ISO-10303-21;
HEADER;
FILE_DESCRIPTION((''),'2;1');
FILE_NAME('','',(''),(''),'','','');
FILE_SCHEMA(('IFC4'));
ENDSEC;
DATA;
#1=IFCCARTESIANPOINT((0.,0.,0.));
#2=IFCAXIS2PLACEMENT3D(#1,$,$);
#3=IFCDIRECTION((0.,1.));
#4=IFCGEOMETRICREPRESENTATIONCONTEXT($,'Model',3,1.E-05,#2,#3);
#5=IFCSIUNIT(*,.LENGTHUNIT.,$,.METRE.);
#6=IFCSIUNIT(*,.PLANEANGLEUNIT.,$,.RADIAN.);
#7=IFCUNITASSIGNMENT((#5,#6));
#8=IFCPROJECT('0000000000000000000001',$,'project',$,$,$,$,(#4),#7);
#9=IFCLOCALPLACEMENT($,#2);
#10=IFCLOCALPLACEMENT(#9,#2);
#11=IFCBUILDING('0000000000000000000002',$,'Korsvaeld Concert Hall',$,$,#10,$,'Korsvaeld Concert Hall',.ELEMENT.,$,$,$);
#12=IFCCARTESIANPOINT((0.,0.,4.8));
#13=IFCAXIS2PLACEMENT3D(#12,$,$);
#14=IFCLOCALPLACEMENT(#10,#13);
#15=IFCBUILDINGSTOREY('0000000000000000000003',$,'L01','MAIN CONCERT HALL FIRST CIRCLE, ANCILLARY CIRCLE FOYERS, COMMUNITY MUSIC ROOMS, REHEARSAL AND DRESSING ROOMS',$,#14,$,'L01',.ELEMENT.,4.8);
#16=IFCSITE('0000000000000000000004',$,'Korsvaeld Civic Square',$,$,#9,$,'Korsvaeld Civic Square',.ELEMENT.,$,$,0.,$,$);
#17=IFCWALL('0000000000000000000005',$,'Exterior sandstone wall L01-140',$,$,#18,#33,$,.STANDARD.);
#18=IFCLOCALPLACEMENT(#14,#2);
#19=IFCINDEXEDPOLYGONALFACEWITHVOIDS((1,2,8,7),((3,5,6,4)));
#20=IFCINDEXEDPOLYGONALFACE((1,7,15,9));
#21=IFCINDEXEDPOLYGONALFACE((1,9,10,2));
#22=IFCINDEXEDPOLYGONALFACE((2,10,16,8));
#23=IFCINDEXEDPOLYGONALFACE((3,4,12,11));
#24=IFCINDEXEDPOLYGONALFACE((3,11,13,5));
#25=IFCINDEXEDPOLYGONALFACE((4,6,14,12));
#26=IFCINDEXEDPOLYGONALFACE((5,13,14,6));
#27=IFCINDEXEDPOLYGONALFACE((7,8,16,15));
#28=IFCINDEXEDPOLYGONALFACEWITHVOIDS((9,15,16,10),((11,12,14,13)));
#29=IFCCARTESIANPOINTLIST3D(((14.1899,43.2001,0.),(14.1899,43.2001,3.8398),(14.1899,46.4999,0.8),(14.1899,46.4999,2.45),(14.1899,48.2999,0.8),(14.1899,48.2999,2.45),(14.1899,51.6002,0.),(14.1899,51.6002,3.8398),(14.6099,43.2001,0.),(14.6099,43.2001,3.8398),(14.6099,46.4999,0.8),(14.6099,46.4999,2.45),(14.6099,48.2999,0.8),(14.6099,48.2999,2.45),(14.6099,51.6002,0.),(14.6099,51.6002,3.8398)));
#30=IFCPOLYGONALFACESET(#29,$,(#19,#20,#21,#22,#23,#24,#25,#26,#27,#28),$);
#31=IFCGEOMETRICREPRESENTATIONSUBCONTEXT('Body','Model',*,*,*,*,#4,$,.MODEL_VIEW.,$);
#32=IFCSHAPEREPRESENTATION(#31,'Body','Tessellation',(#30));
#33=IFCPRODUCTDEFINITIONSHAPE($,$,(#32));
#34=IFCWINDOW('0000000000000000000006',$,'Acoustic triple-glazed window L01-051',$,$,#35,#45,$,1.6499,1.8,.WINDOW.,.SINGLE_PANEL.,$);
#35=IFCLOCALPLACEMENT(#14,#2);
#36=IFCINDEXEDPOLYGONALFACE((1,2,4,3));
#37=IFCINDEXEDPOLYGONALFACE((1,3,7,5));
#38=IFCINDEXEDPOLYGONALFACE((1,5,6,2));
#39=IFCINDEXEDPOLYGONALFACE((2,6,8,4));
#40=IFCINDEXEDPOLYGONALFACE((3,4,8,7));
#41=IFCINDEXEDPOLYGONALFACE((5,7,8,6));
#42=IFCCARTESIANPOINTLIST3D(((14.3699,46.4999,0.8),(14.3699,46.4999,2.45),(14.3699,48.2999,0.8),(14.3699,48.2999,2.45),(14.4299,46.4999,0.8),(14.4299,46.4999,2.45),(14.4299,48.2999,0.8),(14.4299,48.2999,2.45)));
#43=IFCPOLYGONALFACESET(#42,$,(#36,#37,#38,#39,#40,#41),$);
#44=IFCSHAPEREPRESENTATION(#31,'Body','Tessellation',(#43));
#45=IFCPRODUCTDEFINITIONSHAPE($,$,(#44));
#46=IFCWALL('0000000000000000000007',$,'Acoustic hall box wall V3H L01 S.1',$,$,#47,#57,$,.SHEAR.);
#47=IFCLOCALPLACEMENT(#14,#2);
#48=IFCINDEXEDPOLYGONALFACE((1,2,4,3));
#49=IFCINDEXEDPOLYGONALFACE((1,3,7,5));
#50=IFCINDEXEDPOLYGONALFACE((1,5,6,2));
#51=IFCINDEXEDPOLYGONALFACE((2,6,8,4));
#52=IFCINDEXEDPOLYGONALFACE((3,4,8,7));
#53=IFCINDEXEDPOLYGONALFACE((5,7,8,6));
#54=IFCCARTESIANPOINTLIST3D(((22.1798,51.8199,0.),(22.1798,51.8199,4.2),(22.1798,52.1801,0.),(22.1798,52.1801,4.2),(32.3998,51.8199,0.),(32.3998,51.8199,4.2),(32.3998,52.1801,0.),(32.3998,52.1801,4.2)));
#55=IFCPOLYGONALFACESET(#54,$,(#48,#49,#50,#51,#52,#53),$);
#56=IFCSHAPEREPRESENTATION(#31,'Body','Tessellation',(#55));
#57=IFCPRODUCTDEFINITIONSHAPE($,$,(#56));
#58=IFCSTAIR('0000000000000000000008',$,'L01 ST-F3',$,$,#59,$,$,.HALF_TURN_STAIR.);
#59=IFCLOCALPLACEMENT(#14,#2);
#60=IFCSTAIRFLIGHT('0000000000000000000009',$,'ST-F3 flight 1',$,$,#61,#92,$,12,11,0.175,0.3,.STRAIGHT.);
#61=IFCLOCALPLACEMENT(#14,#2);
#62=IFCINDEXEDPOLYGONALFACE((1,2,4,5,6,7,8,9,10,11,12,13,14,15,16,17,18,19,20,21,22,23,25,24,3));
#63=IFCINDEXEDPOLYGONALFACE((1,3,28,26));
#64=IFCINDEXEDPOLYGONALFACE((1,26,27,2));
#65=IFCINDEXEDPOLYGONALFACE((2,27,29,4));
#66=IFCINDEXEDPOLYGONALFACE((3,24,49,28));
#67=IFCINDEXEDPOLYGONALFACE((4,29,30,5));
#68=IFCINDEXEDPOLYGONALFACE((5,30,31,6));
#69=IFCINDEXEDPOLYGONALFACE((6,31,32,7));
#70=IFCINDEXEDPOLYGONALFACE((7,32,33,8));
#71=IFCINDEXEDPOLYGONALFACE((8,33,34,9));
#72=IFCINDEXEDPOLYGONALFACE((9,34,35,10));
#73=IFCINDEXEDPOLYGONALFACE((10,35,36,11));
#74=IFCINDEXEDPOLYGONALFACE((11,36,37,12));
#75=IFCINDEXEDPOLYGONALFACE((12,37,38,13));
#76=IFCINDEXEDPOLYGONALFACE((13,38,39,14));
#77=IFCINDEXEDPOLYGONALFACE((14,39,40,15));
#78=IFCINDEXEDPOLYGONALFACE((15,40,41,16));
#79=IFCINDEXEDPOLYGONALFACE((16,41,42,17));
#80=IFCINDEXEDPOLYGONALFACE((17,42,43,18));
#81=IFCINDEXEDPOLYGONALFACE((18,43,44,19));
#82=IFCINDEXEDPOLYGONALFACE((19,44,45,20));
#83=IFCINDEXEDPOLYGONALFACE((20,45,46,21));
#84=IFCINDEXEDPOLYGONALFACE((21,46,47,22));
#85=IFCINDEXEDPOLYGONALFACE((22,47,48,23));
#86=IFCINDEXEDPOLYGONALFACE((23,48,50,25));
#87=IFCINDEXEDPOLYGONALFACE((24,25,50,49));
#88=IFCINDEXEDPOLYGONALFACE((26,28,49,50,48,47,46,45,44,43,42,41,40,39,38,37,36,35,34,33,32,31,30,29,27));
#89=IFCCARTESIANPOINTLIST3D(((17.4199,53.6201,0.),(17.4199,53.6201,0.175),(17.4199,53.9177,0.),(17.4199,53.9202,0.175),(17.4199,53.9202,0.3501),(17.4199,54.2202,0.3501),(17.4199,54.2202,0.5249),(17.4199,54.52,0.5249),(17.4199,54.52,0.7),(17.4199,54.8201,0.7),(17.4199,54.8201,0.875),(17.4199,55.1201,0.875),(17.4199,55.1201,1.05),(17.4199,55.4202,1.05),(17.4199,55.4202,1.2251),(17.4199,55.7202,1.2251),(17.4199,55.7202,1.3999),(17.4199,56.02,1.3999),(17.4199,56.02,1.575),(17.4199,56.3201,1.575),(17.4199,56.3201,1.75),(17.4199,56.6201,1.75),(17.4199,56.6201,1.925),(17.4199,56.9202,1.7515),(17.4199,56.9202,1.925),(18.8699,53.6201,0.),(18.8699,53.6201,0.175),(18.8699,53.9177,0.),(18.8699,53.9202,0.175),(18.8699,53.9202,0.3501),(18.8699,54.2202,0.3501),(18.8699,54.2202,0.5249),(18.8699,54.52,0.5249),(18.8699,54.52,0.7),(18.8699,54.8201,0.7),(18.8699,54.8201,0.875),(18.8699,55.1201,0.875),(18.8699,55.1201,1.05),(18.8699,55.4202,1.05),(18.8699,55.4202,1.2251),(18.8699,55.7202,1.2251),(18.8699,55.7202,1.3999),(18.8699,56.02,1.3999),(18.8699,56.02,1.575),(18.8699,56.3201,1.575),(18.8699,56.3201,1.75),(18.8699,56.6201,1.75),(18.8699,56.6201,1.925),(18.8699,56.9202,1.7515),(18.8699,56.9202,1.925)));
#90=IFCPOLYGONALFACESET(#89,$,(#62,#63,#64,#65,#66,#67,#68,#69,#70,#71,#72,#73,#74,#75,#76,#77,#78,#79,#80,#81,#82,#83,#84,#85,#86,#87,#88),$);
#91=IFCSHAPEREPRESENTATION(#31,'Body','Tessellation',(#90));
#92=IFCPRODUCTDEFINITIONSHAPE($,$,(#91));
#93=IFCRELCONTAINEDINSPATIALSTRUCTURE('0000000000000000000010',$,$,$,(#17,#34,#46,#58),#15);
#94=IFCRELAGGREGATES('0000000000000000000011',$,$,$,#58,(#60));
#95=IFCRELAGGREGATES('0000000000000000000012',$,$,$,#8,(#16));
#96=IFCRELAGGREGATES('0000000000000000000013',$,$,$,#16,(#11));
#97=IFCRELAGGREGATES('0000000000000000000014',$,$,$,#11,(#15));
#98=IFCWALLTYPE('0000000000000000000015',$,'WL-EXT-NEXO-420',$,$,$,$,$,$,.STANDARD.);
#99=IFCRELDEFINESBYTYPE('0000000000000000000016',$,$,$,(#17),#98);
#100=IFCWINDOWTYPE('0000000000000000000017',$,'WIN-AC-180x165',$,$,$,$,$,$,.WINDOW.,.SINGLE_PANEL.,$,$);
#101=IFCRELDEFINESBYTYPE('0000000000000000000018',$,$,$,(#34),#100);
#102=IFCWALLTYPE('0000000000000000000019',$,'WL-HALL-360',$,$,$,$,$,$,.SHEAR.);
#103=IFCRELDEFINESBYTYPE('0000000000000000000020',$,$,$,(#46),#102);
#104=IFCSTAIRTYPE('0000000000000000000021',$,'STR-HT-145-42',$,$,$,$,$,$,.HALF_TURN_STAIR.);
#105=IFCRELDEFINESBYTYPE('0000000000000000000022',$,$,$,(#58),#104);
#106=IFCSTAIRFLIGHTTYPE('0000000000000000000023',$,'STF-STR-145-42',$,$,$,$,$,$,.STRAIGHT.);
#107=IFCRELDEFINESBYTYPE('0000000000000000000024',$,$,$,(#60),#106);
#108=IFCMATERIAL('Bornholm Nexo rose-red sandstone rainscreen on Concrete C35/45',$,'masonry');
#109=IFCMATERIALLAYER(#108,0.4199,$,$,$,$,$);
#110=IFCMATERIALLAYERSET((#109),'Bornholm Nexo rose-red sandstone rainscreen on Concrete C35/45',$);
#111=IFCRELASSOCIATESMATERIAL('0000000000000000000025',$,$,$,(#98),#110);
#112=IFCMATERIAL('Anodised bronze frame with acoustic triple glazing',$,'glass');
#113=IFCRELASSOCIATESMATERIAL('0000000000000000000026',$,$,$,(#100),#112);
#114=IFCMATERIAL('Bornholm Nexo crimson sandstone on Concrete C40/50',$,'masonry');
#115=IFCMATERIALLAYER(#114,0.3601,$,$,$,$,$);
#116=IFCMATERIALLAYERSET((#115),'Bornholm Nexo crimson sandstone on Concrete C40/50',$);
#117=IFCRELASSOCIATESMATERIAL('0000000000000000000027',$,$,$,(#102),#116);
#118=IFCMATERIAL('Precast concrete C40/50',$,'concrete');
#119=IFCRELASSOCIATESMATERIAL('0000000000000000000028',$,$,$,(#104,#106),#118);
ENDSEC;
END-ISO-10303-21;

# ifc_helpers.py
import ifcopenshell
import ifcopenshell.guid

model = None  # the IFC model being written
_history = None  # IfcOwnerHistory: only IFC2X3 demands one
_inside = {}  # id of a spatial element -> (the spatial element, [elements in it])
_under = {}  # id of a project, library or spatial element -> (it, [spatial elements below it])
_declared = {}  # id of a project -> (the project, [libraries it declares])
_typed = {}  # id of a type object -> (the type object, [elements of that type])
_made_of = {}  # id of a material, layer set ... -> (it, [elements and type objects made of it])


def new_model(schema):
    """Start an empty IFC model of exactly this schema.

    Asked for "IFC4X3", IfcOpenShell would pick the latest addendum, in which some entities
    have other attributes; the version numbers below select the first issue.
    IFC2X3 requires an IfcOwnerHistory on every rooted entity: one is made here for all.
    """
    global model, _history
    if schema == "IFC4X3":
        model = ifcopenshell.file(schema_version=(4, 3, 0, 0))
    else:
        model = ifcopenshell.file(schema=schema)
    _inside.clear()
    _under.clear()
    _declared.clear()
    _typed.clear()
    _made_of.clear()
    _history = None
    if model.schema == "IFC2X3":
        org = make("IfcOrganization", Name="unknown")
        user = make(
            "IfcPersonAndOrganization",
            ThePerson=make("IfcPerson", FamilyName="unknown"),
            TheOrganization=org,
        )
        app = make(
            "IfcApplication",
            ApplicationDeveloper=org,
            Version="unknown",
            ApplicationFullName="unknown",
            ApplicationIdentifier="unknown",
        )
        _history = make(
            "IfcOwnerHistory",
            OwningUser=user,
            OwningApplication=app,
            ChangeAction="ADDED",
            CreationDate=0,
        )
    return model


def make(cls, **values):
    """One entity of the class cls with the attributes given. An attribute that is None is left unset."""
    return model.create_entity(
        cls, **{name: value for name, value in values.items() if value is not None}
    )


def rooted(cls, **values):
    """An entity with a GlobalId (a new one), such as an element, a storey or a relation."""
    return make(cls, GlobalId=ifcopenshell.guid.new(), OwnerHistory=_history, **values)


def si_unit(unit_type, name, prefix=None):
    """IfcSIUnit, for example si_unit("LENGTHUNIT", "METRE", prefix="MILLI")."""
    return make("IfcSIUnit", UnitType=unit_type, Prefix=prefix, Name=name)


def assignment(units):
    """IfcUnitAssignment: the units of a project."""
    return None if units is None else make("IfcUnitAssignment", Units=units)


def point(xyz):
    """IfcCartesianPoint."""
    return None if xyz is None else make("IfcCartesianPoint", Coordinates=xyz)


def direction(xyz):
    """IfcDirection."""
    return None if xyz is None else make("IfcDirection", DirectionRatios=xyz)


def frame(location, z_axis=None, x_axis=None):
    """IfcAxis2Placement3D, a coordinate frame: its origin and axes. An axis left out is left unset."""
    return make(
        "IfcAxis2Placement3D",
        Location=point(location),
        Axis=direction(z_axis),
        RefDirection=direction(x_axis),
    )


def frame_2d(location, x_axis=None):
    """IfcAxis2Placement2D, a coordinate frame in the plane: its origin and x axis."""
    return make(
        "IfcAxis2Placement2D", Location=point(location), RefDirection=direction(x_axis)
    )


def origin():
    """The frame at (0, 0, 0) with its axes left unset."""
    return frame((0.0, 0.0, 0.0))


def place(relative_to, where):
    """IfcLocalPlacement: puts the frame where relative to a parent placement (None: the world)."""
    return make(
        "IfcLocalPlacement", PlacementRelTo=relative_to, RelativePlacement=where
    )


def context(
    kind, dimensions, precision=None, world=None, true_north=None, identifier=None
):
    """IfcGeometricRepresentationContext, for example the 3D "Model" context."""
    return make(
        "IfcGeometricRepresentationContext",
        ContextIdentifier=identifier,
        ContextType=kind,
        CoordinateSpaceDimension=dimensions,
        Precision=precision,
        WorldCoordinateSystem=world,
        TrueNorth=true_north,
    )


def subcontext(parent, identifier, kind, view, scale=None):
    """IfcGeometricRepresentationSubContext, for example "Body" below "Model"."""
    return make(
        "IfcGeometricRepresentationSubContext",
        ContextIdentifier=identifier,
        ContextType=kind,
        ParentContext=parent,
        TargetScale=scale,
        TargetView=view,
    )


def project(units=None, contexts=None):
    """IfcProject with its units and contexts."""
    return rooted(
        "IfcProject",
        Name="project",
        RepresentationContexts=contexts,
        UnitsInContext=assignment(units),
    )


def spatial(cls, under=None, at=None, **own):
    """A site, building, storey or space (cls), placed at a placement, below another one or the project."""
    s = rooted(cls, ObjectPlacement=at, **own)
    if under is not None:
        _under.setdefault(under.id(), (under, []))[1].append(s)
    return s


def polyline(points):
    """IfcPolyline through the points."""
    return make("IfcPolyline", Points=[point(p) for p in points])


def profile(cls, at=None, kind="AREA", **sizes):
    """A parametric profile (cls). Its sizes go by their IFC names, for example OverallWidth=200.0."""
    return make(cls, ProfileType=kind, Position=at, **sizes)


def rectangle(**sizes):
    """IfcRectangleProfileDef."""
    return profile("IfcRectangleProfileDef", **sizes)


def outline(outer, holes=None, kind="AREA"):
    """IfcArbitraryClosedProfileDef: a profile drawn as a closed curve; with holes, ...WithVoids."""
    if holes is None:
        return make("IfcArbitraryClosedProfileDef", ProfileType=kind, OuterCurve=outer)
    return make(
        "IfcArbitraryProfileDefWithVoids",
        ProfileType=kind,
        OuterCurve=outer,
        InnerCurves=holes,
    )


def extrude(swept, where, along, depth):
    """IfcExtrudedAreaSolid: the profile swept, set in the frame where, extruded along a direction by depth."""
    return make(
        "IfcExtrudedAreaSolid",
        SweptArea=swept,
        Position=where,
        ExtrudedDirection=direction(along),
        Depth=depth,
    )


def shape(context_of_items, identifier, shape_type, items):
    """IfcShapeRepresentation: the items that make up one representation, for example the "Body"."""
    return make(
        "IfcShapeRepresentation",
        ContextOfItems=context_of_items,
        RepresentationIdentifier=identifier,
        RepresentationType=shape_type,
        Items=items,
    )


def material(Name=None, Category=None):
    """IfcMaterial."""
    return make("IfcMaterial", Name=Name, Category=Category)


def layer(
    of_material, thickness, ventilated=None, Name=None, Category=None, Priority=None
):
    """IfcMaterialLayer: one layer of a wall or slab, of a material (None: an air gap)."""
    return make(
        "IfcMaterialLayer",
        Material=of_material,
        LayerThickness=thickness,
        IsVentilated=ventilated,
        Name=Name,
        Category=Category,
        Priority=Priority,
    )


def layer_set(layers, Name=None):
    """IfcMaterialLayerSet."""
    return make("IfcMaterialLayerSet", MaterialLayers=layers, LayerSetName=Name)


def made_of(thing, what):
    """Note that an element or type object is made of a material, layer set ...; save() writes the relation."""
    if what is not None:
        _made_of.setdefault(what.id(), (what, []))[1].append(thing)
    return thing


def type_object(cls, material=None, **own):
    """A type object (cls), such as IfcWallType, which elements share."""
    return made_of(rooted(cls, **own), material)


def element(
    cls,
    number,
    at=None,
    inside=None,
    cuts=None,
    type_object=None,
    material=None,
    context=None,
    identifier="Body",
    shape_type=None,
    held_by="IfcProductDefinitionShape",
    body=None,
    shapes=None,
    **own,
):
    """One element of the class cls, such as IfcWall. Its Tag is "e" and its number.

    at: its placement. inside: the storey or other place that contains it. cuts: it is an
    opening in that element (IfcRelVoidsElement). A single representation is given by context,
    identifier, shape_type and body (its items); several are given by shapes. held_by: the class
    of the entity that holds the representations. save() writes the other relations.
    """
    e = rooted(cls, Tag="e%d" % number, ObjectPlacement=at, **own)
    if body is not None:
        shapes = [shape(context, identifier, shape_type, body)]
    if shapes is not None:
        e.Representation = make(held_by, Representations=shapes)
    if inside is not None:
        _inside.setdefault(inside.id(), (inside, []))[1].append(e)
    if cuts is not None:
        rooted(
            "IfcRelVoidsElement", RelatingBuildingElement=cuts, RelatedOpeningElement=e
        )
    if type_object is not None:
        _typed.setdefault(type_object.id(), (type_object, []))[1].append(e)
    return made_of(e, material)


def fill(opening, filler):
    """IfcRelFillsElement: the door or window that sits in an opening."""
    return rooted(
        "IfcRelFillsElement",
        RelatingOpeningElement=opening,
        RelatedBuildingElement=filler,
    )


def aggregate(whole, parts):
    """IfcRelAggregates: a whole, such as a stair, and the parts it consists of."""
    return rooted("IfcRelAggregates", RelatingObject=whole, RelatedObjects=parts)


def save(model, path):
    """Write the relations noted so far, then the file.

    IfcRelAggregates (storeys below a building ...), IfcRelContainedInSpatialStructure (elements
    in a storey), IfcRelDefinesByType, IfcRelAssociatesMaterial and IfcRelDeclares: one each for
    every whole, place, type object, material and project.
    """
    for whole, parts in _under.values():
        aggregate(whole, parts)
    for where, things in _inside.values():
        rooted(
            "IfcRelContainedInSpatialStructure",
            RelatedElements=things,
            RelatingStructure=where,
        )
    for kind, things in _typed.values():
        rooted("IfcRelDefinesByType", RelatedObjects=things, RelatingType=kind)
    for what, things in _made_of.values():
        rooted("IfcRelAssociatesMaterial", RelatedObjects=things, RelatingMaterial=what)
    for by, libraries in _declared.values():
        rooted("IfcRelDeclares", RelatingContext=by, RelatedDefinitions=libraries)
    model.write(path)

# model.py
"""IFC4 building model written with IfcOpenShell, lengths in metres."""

from ifc_helpers import new_model, si_unit, direction, frame, frame_2d, origin, place, context, subcontext, project, spatial, polyline, rectangle, outline, extrude, material, layer, layer_set, type_object, element, fill, aggregate, save


model = new_model("IFC4")

# Units and contexts
model_context = context("Model", 3, precision=1e-05, world=origin(), true_north=direction((0.0, 1.0)))
body_context = subcontext(model_context, "Body", "Model", "MODEL_VIEW")
ifc_project = project(units=[si_unit("LENGTHUNIT", "METRE"), si_unit("PLANEANGLEUNIT", "RADIAN")], contexts=[model_context])

# Site, building, storey
site_placement = place(None, origin())
site = spatial("IfcSite", under=ifc_project, at=site_placement, Name="Korsvaeld Civic Square", LongName="Korsvaeld Civic Square", CompositionType="ELEMENT", RefElevation=0.0)
building_placement = place(site_placement, origin())
building = spatial("IfcBuilding", under=site, at=building_placement, Name="Korsvaeld Concert Hall", LongName="Korsvaeld Concert Hall", CompositionType="ELEMENT")
storey_placement = place(building_placement, frame((0.0, 0.0, 4.8)))
storey = spatial("IfcBuildingStorey", under=building, at=storey_placement, Name="L01", Description="MAIN CONCERT HALL FIRST CIRCLE, ANCILLARY CIRCLE FOYERS, COMMUNITY MUSIC ROOMS, REHEARSAL AND DRESSING ROOMS", LongName="L01", CompositionType="ELEMENT", Elevation=4.8)

# Wall, opening, window
ifc_material_1 = material(Name="Bornholm Nexo rose-red sandstone rainscreen on Concrete C35/45", Category="masonry")
ifc_layer_1 = layer(ifc_material_1, 0.4199)
ifc_layer_set_1 = layer_set([ifc_layer_1], Name="Bornholm Nexo rose-red sandstone rainscreen on Concrete C35/45")
wall_type_1 = type_object("IfcWallType", Name="WL-EXT-NEXO-420", PredefinedType="STANDARD", material=ifc_layer_set_1)
wall_1_placement = place(storey_placement, frame((14.3999, 43.2, 0.0), z_axis=(0.0, 0.0, 1.0), x_axis=(0.0, 1.0, 0.0)))
wall_1 = element("IfcWall", 1, at=wall_1_placement, inside=storey, type_object=wall_type_1, Name="Exterior sandstone wall L01-140", PredefinedType="STANDARD", context=body_context, shape_type="SweptSolid", body=[
    extrude(rectangle(XDim=8.4001, YDim=0.4199, at=frame_2d((4.2002, 0.0))), origin(), (0.0, 0.0, 1.0), 3.8398),
])
opening_1_placement = place(wall_1_placement, frame((3.3, 0.0, 0.8)))
opening_1 = element("IfcOpeningElement", 2, at=opening_1_placement, cuts=wall_1, PredefinedType="OPENING", context=body_context, shape_type="SweptSolid", body=[
    extrude(rectangle(XDim=1.8, YDim=1.6499, at=frame_2d((0.8999, 0.825))), frame((0.0, 0.22, 0.0), z_axis=(0.0, -1.0, 0.0), x_axis=(1.0, 0.0, 0.0)), (0.0, 0.0, 1.0), 0.4399),
])
ifc_material_2 = material(Name="Anodised bronze frame with acoustic triple glazing", Category="glass")
window_type = type_object("IfcWindowType", Name="WIN-AC-180x165", PartitioningType="SINGLE_PANEL", PredefinedType="WINDOW", material=ifc_material_2)
window_placement = place(opening_1_placement, origin())
window = element("IfcWindow", 3, at=window_placement, inside=storey, type_object=window_type, Name="Acoustic triple-glazed window L01-051", OverallHeight=1.6499, OverallWidth=1.8, PartitioningType="SINGLE_PANEL", PredefinedType="WINDOW", context=body_context, shape_type="SweptSolid", body=[
    extrude(rectangle(XDim=1.8, YDim=1.6499, at=frame_2d((0.8999, 0.825))), frame((0.0, 0.03, 0.0), z_axis=(0.0, -1.0, 0.0), x_axis=(1.0, 0.0, 0.0)), (0.0, 0.0, 1.0), 0.0601),
])
fill(opening_1, window)

# Wall
ifc_material_3 = material(Name="Bornholm Nexo crimson sandstone on Concrete C40/50", Category="masonry")
ifc_layer_2 = layer(ifc_material_3, 0.3601)
ifc_layer_set_2 = layer_set([ifc_layer_2], Name="Bornholm Nexo crimson sandstone on Concrete C40/50")
wall_type_2 = type_object("IfcWallType", Name="WL-HALL-360", PredefinedType="SHEAR", material=ifc_layer_set_2)
wall_2_placement = place(storey_placement, frame((22.1799, 52.0, 0.0), z_axis=(0.0, 0.0, 1.0), x_axis=(1.0, 0.0, 0.0)))
element("IfcWall", 4, at=wall_2_placement, inside=storey, type_object=wall_type_2, Name="Acoustic hall box wall V3H L01 S.1", PredefinedType="SHEAR", context=body_context, shape_type="SweptSolid", body=[
    extrude(rectangle(XDim=10.22, YDim=0.3601, at=frame_2d((5.1099, 0.0))), origin(), (0.0, 0.0, 1.0), 4.2),
])

# Stair, stair flight
ifc_material_4 = material(Name="Precast concrete C40/50", Category="concrete")
stair_type = type_object("IfcStairType", Name="STR-HT-145-42", PredefinedType="HALF_TURN_STAIR", material=ifc_material_4)
stair_placement = place(storey_placement, origin())
stair = element("IfcStair", 5, at=stair_placement, inside=storey, type_object=stair_type, Name="L01 ST-F3", PredefinedType="HALF_TURN_STAIR")
stair_flight_type = type_object("IfcStairFlightType", Name="STF-STR-145-42", PredefinedType="STRAIGHT", material=ifc_material_4)
stair_flight_placement = place(storey_placement, frame((18.145, 53.6201, 0.0), z_axis=(0.0, 0.0, 1.0), x_axis=(0.0, 1.0, 0.0)))
stair_flight = element("IfcStairFlight", 6, at=stair_flight_placement, type_object=stair_flight_type, Name="ST-F3 flight 1", NumberOfRisers=12, NumberOfTreads=11, PredefinedType="STRAIGHT", RiserHeight=0.175, TreadLength=0.3, context=body_context, shape_type="SweptSolid", body=[
    extrude(outline(polyline([(0.0, 0.0), (0.0, 0.175), (0.3, 0.175), (0.3, 0.3501), (0.6001, 0.3501), (0.6001, 0.5249), (0.8999, 0.5249), (0.8999, 0.7), (1.2, 0.7), (1.2, 0.875), (1.5, 0.875), (1.5, 1.05), (1.8, 1.05), (1.8, 1.2251), (2.1001, 1.2251), (2.1001, 1.3999), (2.3999, 1.3999), (2.3999, 1.575), (2.7, 1.575), (2.7, 1.75), (3.0, 1.75), (3.0, 1.925), (3.3, 1.925), (3.3, 2.1001), (3.3, 1.7515), (0.2976, 0.0), (0.0, 0.0)])), frame((0.0, 0.7251, 0.0), z_axis=(0.0, -1.0, 0.0), x_axis=(1.0, 0.0, 0.0)), (0.0, 0.0, 1.0), 1.45),
])
aggregate(stair, [stair_flight])

save(model, "model.ifc")
